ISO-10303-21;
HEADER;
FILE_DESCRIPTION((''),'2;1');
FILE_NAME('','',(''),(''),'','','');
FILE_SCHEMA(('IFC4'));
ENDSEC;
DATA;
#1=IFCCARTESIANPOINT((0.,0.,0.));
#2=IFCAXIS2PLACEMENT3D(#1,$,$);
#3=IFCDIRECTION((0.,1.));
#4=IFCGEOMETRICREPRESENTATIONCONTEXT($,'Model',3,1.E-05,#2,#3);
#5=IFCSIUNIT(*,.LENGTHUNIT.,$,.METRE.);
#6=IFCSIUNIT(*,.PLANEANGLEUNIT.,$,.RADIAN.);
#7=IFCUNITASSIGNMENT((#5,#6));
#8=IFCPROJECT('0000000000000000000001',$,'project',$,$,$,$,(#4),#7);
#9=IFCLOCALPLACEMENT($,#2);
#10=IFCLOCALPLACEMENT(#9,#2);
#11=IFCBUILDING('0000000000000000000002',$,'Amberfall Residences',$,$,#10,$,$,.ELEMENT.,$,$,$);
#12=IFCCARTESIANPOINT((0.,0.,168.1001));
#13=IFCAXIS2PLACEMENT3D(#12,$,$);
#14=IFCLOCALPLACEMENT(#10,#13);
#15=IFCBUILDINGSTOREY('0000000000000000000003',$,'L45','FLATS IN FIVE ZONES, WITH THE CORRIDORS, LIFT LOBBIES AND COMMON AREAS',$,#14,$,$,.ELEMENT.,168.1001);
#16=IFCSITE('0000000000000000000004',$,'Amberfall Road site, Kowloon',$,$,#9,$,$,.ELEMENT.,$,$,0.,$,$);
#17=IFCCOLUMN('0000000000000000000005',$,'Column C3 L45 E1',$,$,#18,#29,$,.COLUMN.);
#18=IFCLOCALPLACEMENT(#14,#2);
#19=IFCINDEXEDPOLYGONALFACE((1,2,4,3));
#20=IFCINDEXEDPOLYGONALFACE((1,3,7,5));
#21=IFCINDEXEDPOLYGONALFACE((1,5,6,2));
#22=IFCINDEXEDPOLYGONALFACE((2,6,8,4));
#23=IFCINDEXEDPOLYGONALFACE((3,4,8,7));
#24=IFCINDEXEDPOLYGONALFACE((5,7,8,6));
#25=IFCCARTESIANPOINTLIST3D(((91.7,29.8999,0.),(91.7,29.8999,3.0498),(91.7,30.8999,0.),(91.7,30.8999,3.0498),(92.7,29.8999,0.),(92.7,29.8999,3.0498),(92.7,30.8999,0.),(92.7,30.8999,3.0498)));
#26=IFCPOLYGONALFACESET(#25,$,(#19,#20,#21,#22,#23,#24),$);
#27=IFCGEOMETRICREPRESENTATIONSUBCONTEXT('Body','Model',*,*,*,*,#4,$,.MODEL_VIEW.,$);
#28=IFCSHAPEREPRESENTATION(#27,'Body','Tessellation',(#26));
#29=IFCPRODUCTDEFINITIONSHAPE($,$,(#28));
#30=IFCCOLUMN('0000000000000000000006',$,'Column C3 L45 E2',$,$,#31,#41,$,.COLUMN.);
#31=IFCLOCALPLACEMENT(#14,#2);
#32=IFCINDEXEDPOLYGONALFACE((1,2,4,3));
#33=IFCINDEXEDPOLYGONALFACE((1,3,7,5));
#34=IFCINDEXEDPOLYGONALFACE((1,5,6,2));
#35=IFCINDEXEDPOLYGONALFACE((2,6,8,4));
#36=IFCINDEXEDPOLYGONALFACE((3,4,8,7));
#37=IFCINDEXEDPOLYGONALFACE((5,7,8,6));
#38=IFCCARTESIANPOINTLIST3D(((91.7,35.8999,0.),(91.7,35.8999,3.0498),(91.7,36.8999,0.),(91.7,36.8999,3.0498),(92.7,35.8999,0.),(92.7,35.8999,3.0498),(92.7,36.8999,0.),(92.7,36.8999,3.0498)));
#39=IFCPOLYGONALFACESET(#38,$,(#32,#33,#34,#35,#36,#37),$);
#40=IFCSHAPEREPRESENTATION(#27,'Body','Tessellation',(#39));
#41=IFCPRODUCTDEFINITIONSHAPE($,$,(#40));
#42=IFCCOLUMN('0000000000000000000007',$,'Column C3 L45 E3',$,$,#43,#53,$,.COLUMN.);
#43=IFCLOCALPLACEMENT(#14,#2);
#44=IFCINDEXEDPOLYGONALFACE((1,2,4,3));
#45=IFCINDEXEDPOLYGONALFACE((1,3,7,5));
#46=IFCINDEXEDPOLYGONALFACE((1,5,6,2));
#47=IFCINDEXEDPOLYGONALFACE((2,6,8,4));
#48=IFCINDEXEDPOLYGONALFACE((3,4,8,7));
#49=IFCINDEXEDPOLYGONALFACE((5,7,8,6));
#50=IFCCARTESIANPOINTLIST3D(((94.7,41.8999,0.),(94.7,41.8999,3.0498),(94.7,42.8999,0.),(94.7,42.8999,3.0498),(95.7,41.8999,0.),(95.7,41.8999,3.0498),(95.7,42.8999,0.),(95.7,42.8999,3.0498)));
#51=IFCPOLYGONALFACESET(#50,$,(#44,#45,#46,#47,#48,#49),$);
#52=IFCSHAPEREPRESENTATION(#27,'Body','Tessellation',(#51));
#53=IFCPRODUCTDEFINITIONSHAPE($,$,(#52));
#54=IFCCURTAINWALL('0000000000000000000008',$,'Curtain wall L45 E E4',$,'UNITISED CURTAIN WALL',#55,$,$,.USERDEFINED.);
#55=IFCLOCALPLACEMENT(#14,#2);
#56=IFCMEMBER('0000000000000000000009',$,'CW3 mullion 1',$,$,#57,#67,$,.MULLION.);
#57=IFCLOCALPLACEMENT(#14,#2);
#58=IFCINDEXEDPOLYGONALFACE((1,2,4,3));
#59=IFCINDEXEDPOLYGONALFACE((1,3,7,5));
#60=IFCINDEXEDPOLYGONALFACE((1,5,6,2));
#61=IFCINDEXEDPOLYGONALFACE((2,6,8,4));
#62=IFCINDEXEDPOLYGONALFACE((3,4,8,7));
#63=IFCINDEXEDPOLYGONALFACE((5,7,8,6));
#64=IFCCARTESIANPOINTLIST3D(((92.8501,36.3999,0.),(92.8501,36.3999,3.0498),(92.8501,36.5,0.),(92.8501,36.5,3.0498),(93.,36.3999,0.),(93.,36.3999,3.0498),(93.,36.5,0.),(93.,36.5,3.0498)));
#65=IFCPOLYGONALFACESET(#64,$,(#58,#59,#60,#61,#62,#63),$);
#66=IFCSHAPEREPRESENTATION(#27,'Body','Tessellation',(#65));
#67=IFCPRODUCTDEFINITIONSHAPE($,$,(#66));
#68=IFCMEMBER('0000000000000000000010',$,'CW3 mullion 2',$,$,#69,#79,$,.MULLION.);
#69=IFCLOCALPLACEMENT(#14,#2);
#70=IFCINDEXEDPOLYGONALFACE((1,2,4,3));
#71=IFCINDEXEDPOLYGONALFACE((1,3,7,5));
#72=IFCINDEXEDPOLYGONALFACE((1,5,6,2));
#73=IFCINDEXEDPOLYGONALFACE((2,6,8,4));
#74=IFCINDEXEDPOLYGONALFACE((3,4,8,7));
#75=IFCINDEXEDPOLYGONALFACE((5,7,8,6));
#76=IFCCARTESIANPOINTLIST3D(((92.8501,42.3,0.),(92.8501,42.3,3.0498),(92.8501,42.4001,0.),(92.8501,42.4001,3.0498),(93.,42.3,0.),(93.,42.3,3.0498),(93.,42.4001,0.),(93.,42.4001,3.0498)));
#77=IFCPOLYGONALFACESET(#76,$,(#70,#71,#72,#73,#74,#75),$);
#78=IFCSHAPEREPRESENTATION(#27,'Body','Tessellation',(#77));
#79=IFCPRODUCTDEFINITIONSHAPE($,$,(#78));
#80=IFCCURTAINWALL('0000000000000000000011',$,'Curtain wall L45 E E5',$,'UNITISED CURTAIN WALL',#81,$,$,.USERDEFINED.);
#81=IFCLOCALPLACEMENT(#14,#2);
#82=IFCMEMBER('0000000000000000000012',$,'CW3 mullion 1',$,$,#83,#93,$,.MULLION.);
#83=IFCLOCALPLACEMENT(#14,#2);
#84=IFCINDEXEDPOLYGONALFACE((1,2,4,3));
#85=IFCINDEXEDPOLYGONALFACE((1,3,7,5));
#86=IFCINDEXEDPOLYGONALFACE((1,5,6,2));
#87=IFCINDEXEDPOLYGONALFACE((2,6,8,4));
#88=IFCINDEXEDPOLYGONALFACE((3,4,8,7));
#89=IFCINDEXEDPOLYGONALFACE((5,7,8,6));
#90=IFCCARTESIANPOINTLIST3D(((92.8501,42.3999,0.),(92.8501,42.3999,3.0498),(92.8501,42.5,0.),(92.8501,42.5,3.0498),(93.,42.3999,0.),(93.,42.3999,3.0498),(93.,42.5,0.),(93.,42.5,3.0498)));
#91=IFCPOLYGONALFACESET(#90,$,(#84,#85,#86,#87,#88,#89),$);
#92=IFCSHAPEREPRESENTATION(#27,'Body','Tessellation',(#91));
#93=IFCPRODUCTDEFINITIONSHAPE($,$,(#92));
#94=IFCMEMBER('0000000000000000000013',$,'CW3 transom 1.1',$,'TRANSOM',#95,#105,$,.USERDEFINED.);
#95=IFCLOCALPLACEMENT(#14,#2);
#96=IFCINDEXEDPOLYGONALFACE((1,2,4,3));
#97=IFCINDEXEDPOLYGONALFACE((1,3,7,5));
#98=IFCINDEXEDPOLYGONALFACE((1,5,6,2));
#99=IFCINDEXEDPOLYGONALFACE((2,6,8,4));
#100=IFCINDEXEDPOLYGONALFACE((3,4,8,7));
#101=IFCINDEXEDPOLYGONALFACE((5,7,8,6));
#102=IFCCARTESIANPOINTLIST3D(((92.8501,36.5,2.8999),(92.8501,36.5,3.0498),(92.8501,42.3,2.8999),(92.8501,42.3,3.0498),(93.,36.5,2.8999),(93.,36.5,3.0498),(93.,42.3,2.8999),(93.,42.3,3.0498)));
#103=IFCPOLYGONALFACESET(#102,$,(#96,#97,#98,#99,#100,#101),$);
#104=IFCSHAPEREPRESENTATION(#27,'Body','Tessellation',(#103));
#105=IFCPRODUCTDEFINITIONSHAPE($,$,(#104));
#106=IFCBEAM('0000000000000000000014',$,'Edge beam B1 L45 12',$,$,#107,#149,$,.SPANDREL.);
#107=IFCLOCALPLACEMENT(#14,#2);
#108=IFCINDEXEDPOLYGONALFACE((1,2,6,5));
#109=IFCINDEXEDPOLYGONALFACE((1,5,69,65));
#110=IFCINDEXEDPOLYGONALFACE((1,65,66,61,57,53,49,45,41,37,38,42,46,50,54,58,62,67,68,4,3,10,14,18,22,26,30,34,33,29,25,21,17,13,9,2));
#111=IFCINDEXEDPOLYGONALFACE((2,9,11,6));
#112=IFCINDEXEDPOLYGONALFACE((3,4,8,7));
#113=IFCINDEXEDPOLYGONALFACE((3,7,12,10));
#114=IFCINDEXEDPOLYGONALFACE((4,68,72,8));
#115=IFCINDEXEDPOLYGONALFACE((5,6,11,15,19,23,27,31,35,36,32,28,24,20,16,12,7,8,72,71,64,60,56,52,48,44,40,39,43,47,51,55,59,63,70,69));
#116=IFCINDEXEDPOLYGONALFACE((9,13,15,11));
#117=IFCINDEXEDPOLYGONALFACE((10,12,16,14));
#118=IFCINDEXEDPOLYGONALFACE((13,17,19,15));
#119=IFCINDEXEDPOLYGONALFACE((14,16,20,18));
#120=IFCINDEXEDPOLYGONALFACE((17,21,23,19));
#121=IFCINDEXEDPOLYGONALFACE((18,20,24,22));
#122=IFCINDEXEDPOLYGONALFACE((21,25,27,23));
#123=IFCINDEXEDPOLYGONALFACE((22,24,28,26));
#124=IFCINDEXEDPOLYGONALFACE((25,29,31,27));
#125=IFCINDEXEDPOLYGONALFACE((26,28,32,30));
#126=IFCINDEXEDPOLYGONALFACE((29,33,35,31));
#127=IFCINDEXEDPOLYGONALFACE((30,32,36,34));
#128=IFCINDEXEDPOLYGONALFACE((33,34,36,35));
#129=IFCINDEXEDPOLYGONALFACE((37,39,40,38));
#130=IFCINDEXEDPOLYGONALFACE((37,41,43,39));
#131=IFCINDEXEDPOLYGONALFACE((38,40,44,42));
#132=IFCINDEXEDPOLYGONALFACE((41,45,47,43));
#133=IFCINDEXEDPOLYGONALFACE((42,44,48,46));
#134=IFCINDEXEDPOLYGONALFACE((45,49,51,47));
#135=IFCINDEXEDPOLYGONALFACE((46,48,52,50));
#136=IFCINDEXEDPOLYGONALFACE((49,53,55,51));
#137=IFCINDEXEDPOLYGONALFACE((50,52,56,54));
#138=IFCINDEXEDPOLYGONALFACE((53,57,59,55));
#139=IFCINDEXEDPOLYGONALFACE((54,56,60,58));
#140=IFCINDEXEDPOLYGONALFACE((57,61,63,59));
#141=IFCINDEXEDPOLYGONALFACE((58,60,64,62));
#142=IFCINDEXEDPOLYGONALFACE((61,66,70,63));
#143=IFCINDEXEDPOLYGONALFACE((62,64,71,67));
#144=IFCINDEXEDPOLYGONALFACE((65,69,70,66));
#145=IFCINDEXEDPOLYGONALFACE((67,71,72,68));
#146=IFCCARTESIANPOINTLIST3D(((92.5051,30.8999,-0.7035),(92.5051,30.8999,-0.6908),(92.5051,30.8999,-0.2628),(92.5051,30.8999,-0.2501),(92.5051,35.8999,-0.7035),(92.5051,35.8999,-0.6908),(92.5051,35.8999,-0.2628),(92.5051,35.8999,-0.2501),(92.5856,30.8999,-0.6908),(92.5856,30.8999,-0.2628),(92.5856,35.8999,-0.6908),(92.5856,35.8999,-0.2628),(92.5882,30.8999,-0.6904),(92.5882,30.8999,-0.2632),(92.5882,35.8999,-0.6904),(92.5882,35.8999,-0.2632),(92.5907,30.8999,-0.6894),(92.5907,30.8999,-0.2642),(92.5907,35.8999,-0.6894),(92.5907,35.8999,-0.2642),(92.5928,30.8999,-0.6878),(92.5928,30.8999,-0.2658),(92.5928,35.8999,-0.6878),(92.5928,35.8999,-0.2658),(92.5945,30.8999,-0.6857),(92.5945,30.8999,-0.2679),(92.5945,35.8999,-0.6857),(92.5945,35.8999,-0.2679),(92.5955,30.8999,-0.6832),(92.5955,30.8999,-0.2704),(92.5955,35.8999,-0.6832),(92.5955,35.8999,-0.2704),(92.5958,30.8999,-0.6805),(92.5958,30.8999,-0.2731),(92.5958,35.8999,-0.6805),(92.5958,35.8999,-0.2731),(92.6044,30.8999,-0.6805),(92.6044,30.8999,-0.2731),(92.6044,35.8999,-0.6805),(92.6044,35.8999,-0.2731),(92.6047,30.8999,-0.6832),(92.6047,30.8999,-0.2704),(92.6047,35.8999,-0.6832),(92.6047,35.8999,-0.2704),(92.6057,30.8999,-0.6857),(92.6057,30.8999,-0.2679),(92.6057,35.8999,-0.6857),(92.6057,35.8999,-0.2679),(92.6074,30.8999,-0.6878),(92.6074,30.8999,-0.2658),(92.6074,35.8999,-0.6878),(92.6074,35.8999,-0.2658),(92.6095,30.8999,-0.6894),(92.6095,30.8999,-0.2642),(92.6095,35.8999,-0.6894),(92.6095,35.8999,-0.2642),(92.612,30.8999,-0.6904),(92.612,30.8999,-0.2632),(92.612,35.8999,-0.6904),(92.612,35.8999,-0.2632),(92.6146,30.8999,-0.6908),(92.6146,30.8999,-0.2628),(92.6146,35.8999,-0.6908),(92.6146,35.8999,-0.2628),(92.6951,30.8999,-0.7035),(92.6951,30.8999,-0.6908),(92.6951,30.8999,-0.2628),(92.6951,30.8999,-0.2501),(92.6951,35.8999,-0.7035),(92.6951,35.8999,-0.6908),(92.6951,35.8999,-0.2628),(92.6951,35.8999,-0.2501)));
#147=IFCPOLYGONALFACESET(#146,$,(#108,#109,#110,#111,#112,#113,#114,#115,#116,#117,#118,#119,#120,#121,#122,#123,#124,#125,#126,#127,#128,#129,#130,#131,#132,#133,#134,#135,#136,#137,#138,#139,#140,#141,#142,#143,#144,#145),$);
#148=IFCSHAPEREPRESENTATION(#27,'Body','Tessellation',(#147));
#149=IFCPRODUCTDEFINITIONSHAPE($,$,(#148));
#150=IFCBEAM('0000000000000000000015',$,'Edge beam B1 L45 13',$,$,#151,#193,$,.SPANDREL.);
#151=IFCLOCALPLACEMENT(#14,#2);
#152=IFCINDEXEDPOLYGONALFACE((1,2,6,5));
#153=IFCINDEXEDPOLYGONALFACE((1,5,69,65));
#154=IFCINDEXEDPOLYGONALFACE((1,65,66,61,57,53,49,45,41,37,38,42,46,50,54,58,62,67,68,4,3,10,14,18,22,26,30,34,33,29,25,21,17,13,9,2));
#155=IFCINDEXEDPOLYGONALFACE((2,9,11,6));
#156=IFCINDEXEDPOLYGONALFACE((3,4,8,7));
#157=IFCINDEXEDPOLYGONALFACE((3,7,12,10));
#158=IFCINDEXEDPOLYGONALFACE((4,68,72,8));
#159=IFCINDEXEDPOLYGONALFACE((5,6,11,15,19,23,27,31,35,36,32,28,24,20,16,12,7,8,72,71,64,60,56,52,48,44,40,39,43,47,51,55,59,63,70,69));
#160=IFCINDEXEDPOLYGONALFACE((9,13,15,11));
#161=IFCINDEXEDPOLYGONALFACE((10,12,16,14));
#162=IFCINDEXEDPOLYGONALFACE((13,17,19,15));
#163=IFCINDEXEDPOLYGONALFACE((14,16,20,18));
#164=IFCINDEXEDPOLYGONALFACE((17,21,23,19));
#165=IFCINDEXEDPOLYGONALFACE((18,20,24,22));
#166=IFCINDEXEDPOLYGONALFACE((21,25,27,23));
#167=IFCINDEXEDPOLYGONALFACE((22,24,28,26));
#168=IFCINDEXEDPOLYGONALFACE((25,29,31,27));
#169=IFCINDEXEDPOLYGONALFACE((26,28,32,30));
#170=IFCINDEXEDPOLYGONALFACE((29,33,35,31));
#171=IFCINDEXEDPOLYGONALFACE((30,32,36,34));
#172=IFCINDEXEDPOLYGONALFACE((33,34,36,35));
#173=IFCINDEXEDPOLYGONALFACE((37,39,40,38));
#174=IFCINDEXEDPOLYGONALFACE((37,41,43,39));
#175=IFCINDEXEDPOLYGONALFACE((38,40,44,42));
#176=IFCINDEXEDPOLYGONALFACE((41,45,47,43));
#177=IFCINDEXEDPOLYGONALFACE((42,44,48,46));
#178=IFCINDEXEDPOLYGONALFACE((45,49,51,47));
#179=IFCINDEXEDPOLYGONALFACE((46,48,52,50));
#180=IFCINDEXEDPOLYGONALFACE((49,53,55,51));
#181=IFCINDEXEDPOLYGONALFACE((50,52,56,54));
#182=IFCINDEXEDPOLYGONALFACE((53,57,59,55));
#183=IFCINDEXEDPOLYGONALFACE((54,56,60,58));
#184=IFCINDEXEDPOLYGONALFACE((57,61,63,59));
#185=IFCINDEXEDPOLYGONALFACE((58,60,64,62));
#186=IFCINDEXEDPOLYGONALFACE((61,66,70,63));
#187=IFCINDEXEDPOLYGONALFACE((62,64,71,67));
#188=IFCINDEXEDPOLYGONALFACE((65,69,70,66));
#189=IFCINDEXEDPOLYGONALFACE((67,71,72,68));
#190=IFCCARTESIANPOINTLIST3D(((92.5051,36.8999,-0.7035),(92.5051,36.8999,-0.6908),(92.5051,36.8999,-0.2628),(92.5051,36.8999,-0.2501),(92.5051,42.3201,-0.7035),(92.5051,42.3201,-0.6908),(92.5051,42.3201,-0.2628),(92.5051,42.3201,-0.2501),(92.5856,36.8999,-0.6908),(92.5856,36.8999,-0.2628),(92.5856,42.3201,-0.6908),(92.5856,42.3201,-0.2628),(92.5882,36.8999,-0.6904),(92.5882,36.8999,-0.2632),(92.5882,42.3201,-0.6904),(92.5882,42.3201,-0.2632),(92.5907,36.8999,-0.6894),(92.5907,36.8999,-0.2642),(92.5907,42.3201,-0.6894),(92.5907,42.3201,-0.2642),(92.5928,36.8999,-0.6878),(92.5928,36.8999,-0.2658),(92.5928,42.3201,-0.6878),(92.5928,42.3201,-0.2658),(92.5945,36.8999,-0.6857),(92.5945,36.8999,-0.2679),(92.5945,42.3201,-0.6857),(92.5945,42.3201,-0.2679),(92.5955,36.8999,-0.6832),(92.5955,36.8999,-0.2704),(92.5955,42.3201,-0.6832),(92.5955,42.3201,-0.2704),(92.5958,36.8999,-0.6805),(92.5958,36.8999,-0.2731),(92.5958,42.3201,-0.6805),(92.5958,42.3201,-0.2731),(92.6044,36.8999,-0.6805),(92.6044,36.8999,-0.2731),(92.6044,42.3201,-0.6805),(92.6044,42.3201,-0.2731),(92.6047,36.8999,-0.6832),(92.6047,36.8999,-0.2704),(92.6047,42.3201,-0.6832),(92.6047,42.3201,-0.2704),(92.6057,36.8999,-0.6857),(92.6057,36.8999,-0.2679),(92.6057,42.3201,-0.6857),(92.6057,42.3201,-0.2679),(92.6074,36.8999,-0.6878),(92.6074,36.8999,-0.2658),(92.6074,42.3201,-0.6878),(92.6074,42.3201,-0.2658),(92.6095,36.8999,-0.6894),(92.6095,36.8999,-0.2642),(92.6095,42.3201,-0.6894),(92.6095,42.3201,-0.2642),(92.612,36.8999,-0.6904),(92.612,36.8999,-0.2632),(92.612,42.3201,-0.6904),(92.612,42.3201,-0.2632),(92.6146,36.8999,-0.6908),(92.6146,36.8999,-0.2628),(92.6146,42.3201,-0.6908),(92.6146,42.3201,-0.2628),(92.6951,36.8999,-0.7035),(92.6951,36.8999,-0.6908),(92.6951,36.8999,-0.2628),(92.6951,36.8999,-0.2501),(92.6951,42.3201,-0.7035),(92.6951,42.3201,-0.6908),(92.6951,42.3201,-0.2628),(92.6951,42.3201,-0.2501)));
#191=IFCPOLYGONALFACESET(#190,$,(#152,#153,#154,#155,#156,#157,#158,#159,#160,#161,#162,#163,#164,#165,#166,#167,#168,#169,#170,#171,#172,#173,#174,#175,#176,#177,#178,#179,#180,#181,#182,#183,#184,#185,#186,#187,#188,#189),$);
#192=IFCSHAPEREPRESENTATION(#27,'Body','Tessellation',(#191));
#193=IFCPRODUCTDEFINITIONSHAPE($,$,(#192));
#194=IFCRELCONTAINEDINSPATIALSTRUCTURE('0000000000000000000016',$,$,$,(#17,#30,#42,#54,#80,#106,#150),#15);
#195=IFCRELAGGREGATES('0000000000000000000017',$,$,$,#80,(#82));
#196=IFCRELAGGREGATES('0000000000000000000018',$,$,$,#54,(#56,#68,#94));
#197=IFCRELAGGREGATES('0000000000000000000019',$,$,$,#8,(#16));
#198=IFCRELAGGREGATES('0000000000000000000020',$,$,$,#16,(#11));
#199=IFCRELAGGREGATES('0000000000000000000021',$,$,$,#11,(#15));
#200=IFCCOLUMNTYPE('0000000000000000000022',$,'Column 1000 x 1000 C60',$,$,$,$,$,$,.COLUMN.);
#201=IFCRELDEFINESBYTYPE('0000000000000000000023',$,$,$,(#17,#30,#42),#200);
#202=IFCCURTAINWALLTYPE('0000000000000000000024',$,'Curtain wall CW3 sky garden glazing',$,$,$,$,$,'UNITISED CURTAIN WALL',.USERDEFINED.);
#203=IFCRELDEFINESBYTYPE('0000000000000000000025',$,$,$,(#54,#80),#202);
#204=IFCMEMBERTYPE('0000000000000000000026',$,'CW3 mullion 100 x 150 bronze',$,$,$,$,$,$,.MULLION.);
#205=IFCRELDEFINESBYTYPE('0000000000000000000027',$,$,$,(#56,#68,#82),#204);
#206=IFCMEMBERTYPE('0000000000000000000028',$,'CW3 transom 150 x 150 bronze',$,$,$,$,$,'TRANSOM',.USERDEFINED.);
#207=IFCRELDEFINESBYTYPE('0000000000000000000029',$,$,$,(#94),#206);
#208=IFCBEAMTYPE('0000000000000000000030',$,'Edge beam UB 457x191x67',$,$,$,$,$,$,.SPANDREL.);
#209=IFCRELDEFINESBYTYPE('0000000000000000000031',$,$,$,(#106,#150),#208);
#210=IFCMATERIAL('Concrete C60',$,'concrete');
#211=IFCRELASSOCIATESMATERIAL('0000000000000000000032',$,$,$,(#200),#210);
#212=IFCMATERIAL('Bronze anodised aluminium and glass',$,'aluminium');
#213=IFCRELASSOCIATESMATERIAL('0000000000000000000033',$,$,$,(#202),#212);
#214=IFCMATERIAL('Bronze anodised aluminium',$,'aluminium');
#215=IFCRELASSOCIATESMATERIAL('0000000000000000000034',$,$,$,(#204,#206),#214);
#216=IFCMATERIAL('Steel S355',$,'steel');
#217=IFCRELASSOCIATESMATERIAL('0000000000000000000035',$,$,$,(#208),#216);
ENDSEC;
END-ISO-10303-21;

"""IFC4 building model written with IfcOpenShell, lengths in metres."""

from ifc_helpers import new_model, si_unit, direction, frame, origin, origin_2d, place, context, subcontext, project, spatial, rectangle, i_section, extrude, material, material_profile, profile_set, type_object, element, aggregate, save


model = new_model("IFC4")

# Units and contexts
model_context = context("Model", 3, precision=1e-05, world=origin(), true_north=direction((0.0, 1.0)))
body_context = subcontext(model_context, "Body", "Model", "MODEL_VIEW")
ifc_project = project(units=[si_unit("LENGTHUNIT", "METRE"), si_unit("PLANEANGLEUNIT", "RADIAN")], contexts=[model_context])

# Site, building, storey
site_placement = place(None, origin())
site = spatial("IfcSite", under=ifc_project, at=site_placement, Name="Amberfall Road site, Kowloon", CompositionType="ELEMENT", RefElevation=0.0)
building_placement = place(site_placement, origin())
building = spatial("IfcBuilding", under=site, at=building_placement, Name="Amberfall Residences", CompositionType="ELEMENT")
storey_placement = place(building_placement, frame((0.0, 0.0, 168.1001)))
storey = spatial("IfcBuildingStorey", under=building, at=storey_placement, Name="L45", Description="FLATS IN FIVE ZONES, WITH THE CORRIDORS, LIFT LOBBIES AND COMMON AREAS", CompositionType="ELEMENT", Elevation=168.1001)

# Columns
ifc_material_1 = material(Name="Concrete C60", Category="concrete")
ifc_material_profile_1 = material_profile(ifc_material_1, rectangle(XDim=1.0, YDim=1.0, at=origin_2d()), Name="Column 1000 x 1000 C60")
ifc_profile_set_1 = profile_set([ifc_material_profile_1], Name="Concrete C60")
column_type = type_object("IfcColumnType", Name="Column 1000 x 1000 C60", PredefinedType="COLUMN", material=ifc_profile_set_1)
for number, where, z_axis, x_axis, name in (
    (1, (92.2, 30.3999, 0.0), (0.0, 0.0, 1.0), (1.0, 0.0, 0.0), "Column C3 L45 E1"),
    (2, (92.2, 36.3999, 0.0), (0.0, 0.0, 1.0), (1.0, 0.0, 0.0), "Column C3 L45 E2"),
    (3, (95.2, 42.3999, 0.0), (0.0, 0.0, 1.0), (1.0, 0.0, 0.0), "Column C3 L45 E3"),
):
    element("IfcColumn", number, at=place(storey_placement, frame(where, z_axis=z_axis, x_axis=x_axis)), inside=storey, type_object=column_type, Name=name, PredefinedType="COLUMN", context=body_context, shape_type="SweptSolid", body=[
        extrude(rectangle(XDim=1.0, YDim=1.0, at=origin_2d()), origin(), (0.0, 0.0, 1.0), 3.0498),
    ])

# Curtain wall, members
ifc_material_2 = material(Name="Bronze anodised aluminium and glass", Category="aluminium")
curtain_wall_type = type_object("IfcCurtainWallType", Name="Curtain wall CW3 sky garden glazing", ElementType="UNITISED CURTAIN WALL", PredefinedType="USERDEFINED", material=ifc_material_2)
curtain_wall_1_placement = place(storey_placement, origin())
curtain_wall_1 = element("IfcCurtainWall", 4, at=curtain_wall_1_placement, inside=storey, type_object=curtain_wall_type, Name="Curtain wall L45 E E4", ObjectType="UNITISED CURTAIN WALL", PredefinedType="USERDEFINED")
ifc_material_3 = material(Name="Bronze anodised aluminium", Category="aluminium")
ifc_material_profile_2 = material_profile(ifc_material_3, rectangle(XDim=0.1499, YDim=0.1001, at=origin_2d()), Name="CW3 mullion 100 x 150 bronze")
ifc_profile_set_2 = profile_set([ifc_material_profile_2], Name="Bronze anodised aluminium")
member_type_1 = type_object("IfcMemberType", Name="CW3 mullion 100 x 150 bronze", PredefinedType="MULLION", material=ifc_profile_set_2)
member_1_placement = place(storey_placement, frame((92.925, 36.45, 0.0), z_axis=(0.0, 0.0, 1.0), x_axis=(-1.0, 0.0, 0.0)))
member_1 = element("IfcMember", 5, at=member_1_placement, type_object=member_type_1, Name="CW3 mullion 1", PredefinedType="MULLION", context=body_context, shape_type="SweptSolid", body=[
    extrude(rectangle(XDim=0.1499, YDim=0.1001, at=origin_2d()), origin(), (0.0, 0.0, 1.0), 3.0498),
])
member_2_placement = place(storey_placement, frame((92.925, 42.3501, 0.0), z_axis=(0.0, 0.0, 1.0), x_axis=(-1.0, 0.0, 0.0)))
member_2 = element("IfcMember", 6, at=member_2_placement, type_object=member_type_1, Name="CW3 mullion 2", PredefinedType="MULLION", context=body_context, shape_type="SweptSolid", body=[
    extrude(rectangle(XDim=0.1499, YDim=0.1001, at=origin_2d()), origin(), (0.0, 0.0, 1.0), 3.0498),
])

# Curtain wall, member
curtain_wall_2_placement = place(storey_placement, origin())
curtain_wall_2 = element("IfcCurtainWall", 7, at=curtain_wall_2_placement, inside=storey, type_object=curtain_wall_type, Name="Curtain wall L45 E E5", ObjectType="UNITISED CURTAIN WALL", PredefinedType="USERDEFINED")
member_3_placement = place(storey_placement, frame((92.925, 42.45, 0.0), z_axis=(0.0, 0.0, 1.0), x_axis=(-1.0, 0.0, 0.0)))
member_3 = element("IfcMember", 8, at=member_3_placement, type_object=member_type_1, Name="CW3 mullion 1", PredefinedType="MULLION", context=body_context, shape_type="SweptSolid", body=[
    extrude(rectangle(XDim=0.1499, YDim=0.1001, at=origin_2d()), origin(), (0.0, 0.0, 1.0), 3.0498),
])
aggregate(curtain_wall_2, [member_3])

# Member
ifc_material_profile_3 = material_profile(ifc_material_3, rectangle(XDim=0.1499, YDim=0.1499, at=origin_2d()), Name="CW3 transom 150 x 150 bronze")
ifc_profile_set_3 = profile_set([ifc_material_profile_3], Name="Bronze anodised aluminium")
member_type_2 = type_object("IfcMemberType", Name="CW3 transom 150 x 150 bronze", ElementType="TRANSOM", PredefinedType="USERDEFINED", material=ifc_profile_set_3)
member_4_placement = place(storey_placement, frame((92.925, 36.5, 2.9749), z_axis=(0.0, 1.0, 0.0), x_axis=(-1.0, 0.0, 0.0)))
member_4 = element("IfcMember", 9, at=member_4_placement, type_object=member_type_2, Name="CW3 transom 1.1", ObjectType="TRANSOM", PredefinedType="USERDEFINED", context=body_context, shape_type="SweptSolid", body=[
    extrude(rectangle(XDim=0.1499, YDim=0.1499, at=origin_2d()), origin(), (0.0, 0.0, 1.0), 5.8),
])

# Beams
ifc_material_4 = material(Name="Steel S355", Category="steel")
ifc_material_profile_4 = material_profile(ifc_material_4, i_section(OverallWidth=0.1899, OverallDepth=0.4534, WebThickness=0.0085, FlangeThickness=0.0127, FilletRadius=0.0103, at=origin_2d()), Name="UB 457x191x67")
ifc_profile_set_4 = profile_set([ifc_material_profile_4], Name="Steel S355")
beam_type_1 = type_object("IfcBeamType", Name="Edge beam UB 457x191x67", PredefinedType="SPANDREL", material=ifc_profile_set_4)
beam_1_placement = place(storey_placement, frame((92.6001, 30.8999, -0.4768), z_axis=(0.0, 1.0, 0.0), x_axis=(-1.0, 0.0, 0.0)))
element("IfcBeam", 10, at=beam_1_placement, inside=storey, type_object=beam_type_1, Name="Edge beam B1 L45 12", PredefinedType="SPANDREL", context=body_context, shape_type="SweptSolid", body=[
    extrude(i_section(OverallWidth=0.1899, OverallDepth=0.4534, WebThickness=0.0085, FlangeThickness=0.0127, FilletRadius=0.0103, at=origin_2d()), origin(), (0.0, 0.0, 1.0), 5.0),
])
beam_2_placement = place(storey_placement, frame((92.6001, 36.8999, -0.4768), z_axis=(0.0, 1.0, 0.0), x_axis=(-1.0, 0.0, 0.0)))
element("IfcBeam", 11, at=beam_2_placement, inside=storey, type_object=beam_type_1, Name="Edge beam B1 L45 13", PredefinedType="SPANDREL", context=body_context, shape_type="SweptSolid", body=[
    extrude(i_section(OverallWidth=0.1899, OverallDepth=0.4534, WebThickness=0.0085, FlangeThickness=0.0127, FilletRadius=0.0103, at=origin_2d()), origin(), (0.0, 0.0, 1.0), 5.4202),
])

aggregate(curtain_wall_1, [member_1, member_2, member_4])

save(model, "model.ifc")
